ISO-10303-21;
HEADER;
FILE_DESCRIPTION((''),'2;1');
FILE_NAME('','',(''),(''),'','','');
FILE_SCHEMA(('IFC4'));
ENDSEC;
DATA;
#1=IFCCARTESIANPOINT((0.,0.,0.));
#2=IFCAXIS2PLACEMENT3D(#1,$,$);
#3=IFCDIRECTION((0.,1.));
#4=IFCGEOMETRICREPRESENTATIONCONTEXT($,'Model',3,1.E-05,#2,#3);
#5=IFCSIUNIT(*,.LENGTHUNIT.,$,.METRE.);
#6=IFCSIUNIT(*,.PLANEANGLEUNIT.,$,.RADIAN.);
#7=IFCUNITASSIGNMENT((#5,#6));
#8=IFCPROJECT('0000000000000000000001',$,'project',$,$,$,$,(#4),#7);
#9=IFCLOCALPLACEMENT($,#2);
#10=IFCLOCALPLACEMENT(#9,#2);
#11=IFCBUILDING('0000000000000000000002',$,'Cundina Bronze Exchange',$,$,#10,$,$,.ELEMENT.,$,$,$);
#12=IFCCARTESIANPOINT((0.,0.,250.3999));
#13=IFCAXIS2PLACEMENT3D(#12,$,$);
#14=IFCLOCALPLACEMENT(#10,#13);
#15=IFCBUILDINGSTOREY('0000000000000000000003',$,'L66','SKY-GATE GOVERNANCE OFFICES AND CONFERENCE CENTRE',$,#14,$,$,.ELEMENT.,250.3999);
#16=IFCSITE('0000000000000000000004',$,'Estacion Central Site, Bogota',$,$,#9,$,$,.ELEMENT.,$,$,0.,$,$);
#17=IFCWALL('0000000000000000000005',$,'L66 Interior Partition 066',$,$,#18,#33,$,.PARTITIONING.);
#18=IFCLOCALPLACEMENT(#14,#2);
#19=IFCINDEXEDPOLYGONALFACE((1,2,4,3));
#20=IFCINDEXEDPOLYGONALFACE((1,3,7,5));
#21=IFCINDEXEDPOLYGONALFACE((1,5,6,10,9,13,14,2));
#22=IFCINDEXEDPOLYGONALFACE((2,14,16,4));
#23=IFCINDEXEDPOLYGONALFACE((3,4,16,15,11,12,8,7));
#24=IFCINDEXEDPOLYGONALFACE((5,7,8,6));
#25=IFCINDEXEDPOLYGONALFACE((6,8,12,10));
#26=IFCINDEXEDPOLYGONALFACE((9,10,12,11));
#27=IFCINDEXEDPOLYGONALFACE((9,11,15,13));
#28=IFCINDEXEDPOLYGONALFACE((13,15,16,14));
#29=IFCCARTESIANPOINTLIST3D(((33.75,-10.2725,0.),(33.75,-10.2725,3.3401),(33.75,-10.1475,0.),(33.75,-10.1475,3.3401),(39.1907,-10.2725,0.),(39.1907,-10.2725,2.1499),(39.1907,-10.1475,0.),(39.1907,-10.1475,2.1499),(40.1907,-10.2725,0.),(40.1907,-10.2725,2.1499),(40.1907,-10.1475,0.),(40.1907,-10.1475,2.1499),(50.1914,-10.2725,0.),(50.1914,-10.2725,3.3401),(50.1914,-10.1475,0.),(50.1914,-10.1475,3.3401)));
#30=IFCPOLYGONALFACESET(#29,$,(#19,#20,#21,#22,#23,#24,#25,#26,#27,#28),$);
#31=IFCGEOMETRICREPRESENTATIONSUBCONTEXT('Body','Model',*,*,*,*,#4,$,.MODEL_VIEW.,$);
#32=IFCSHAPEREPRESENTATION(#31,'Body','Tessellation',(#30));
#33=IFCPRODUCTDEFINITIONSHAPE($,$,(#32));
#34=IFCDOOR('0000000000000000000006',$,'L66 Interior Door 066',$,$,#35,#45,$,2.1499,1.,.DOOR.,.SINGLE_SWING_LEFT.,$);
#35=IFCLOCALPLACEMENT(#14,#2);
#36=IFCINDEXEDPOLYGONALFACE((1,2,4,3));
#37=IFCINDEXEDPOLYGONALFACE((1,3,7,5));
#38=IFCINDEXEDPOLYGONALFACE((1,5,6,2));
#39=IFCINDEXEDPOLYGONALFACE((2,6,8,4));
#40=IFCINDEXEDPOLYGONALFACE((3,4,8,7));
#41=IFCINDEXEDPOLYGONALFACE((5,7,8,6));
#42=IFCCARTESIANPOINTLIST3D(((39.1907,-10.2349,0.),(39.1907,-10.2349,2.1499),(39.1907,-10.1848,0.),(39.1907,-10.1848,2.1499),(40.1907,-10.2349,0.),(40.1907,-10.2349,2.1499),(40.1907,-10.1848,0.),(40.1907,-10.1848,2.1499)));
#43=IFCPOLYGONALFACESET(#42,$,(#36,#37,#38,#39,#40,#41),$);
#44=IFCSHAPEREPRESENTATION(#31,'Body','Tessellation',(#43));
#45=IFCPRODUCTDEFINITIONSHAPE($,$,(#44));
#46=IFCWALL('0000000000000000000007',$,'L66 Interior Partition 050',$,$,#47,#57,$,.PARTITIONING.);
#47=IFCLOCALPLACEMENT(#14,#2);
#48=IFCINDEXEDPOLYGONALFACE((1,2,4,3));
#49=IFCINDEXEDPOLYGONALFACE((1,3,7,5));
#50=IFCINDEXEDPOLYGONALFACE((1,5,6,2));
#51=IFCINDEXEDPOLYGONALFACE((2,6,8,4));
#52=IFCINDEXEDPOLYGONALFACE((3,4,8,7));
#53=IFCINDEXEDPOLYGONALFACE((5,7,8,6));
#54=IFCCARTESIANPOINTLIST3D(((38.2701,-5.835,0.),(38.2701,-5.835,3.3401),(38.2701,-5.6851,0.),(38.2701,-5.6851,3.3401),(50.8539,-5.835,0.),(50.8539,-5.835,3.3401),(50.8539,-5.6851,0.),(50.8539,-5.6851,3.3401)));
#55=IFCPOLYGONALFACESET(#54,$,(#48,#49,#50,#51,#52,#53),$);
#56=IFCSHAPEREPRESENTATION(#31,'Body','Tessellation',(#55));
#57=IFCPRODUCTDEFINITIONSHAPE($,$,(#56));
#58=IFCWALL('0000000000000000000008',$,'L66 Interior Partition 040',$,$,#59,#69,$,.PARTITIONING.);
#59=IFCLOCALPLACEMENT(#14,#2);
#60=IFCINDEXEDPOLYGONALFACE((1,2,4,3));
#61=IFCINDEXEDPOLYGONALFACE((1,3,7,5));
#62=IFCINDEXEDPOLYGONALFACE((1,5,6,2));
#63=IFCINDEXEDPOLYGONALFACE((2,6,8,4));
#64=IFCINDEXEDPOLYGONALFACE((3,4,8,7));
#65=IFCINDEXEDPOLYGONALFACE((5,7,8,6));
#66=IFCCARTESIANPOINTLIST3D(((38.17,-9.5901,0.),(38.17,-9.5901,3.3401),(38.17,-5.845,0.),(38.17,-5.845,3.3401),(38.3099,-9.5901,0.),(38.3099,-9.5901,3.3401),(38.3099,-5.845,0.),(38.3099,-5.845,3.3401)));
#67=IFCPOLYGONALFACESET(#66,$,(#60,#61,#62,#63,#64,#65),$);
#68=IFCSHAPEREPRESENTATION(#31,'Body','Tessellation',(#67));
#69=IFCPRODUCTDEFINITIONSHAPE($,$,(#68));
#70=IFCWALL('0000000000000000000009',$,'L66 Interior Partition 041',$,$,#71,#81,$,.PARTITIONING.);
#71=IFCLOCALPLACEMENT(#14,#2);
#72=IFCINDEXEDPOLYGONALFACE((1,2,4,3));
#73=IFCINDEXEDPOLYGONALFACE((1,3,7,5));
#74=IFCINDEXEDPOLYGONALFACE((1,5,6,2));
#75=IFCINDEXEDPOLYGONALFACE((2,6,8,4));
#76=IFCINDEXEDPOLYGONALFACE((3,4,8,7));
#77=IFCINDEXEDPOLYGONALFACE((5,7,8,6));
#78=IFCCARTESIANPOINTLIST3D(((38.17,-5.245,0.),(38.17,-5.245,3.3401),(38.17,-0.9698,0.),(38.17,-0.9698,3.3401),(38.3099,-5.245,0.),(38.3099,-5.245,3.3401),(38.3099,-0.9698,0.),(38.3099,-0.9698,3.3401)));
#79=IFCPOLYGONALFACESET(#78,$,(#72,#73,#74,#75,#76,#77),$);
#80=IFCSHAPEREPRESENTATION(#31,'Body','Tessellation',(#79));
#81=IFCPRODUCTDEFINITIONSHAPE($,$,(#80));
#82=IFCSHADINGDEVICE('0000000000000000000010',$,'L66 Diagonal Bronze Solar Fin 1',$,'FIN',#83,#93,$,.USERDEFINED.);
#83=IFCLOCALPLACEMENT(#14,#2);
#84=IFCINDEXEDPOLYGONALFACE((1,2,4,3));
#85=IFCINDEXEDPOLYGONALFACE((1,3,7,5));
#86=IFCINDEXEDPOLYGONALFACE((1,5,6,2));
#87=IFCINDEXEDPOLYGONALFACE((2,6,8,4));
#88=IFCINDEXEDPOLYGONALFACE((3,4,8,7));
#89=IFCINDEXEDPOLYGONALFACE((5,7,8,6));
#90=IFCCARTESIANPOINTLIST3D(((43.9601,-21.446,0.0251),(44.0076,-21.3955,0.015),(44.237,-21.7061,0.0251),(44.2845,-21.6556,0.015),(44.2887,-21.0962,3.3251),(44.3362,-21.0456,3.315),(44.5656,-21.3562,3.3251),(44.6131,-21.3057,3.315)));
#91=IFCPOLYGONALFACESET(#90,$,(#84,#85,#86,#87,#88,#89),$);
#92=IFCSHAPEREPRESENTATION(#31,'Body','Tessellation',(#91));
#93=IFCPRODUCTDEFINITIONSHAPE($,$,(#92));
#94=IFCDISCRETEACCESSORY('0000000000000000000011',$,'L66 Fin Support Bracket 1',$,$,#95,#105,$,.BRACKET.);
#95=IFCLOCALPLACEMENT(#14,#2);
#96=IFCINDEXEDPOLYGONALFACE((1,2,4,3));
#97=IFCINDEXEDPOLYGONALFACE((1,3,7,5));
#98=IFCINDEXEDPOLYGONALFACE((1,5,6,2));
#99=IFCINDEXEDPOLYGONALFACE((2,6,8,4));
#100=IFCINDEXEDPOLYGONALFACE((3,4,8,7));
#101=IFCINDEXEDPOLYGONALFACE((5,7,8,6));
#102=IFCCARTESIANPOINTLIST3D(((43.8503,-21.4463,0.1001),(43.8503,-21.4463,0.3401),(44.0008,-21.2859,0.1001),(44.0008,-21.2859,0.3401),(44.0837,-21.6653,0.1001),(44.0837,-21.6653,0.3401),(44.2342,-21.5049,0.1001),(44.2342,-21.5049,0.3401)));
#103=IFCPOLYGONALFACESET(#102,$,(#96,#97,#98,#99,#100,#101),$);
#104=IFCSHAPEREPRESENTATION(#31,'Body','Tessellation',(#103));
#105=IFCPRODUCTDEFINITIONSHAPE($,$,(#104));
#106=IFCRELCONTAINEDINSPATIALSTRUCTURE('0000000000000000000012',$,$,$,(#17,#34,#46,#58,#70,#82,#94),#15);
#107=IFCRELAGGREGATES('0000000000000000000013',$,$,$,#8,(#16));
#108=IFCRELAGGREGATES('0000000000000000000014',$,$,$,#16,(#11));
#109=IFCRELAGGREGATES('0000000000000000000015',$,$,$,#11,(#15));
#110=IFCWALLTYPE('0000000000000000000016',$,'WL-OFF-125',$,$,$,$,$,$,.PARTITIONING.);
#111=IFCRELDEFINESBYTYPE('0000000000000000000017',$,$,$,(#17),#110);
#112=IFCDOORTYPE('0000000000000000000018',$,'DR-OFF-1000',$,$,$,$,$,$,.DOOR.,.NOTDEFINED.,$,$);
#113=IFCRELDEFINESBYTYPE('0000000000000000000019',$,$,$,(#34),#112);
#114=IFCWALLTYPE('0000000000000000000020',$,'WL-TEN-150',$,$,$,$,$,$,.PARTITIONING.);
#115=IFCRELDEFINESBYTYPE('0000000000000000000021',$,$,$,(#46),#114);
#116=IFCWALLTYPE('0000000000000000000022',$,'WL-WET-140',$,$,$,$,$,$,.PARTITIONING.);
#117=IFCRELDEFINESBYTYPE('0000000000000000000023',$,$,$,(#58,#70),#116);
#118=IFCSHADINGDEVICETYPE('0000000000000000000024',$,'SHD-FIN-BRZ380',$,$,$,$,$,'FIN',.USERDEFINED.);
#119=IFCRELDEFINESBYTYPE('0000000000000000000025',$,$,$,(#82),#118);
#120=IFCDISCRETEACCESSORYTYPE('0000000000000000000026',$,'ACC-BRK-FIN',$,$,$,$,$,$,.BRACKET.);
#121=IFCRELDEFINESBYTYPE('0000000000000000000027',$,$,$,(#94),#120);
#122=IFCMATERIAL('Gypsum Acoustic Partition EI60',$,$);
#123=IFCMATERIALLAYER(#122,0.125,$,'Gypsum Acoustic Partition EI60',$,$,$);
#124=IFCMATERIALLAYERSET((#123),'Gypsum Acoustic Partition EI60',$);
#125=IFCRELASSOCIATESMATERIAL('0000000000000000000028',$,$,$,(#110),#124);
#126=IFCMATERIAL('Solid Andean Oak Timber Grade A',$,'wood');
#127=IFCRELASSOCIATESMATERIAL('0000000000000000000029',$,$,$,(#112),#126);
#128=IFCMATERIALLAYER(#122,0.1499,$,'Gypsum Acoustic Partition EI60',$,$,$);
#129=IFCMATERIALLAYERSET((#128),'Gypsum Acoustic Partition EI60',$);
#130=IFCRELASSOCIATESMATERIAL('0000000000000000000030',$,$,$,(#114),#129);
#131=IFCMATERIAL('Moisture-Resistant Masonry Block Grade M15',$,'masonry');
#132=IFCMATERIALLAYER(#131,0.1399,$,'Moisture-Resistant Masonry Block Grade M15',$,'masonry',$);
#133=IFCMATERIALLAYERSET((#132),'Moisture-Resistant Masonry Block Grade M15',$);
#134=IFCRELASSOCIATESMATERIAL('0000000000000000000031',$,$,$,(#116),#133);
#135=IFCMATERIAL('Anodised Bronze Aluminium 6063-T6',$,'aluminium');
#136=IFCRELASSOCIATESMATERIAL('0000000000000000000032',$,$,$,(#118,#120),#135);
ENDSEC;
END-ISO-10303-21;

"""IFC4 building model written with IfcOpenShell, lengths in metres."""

from ifc_helpers import new_model, si_unit, direction, frame, frame_2d, origin, origin_2d, place, context, subcontext, project, spatial, rectangle, extrude, material, layer, layer_set, material_profile, profile_set, type_object, element, fill, save


model = new_model("IFC4")

# Units and contexts
model_context = context("Model", 3, precision=1e-05, world=origin(), true_north=direction((0.0, 1.0)))
body_context = subcontext(model_context, "Body", "Model", "MODEL_VIEW")
ifc_project = project(units=[si_unit("LENGTHUNIT", "METRE"), si_unit("PLANEANGLEUNIT", "RADIAN")], contexts=[model_context])

# Site, building, storey
site_placement = place(None, origin())
site = spatial("IfcSite", under=ifc_project, at=site_placement, Name="Estacion Central Site, Bogota", CompositionType="ELEMENT", RefElevation=0.0)
building_placement = place(site_placement, origin())
building = spatial("IfcBuilding", under=site, at=building_placement, Name="Cundina Bronze Exchange", CompositionType="ELEMENT")
storey_placement = place(building_placement, frame((0.0, 0.0, 250.3999)))
storey = spatial("IfcBuildingStorey", under=building, at=storey_placement, Name="L66", Description="SKY-GATE GOVERNANCE OFFICES AND CONFERENCE CENTRE", CompositionType="ELEMENT", Elevation=250.3999)

# Shared definitions
ifc_material_1 = material(Name="Anodised Bronze Aluminium 6063-T6", Category="aluminium")

# Shared definitions
ifc_material_2 = material(Name="Gypsum Acoustic Partition EI60")
ifc_layer_1 = layer(ifc_material_2, 0.125, Name="Gypsum Acoustic Partition EI60")
ifc_layer_set_1 = layer_set([ifc_layer_1], Name="Gypsum Acoustic Partition EI60")
wall_type_1 = type_object("IfcWallType", Name="WL-OFF-125", PredefinedType="PARTITIONING", material=ifc_layer_set_1)

# Wall, opening, door
wall_1_placement = place(storey_placement, frame((50.1914, -10.21, 0.0), z_axis=(0.0, 0.0, 1.0), x_axis=(-1.0, 0.0, 0.0)))
wall_1 = element("IfcWall", 1, at=wall_1_placement, inside=storey, type_object=wall_type_1, Name="L66 Interior Partition 066", PredefinedType="PARTITIONING", context=body_context, shape_type="SweptSolid", body=[
    extrude(rectangle(XDim=16.4414, YDim=0.125, at=frame_2d((8.2207, 0.0))), origin(), (0.0, 0.0, 1.0), 3.3401),
])
opening_placement = place(wall_1_placement, frame((10.0007, 0.0, 0.0)))
opening = element("IfcOpeningElement", 2, at=opening_placement, cuts=wall_1, PredefinedType="OPENING", context=body_context, shape_type="SweptSolid", body=[
    extrude(rectangle(XDim=1.0, YDim=2.1499, at=frame_2d((0.5, 1.075))), frame((0.0, 0.0725, 0.0), z_axis=(0.0, -1.0, 0.0), x_axis=(1.0, 0.0, 0.0)), (0.0, 0.0, 1.0), 0.145),
])
ifc_material_3 = material(Name="Solid Andean Oak Timber Grade A", Category="wood")
door_type = type_object("IfcDoorType", Name="DR-OFF-1000", OperationType="NOTDEFINED", PredefinedType="DOOR", material=ifc_material_3)
door_placement = place(opening_placement, origin())
door = element("IfcDoor", 3, at=door_placement, inside=storey, type_object=door_type, Name="L66 Interior Door 066", OperationType="SINGLE_SWING_LEFT", OverallHeight=2.1499, OverallWidth=1.0, PredefinedType="DOOR", context=body_context, shape_type="SweptSolid", body=[
    extrude(rectangle(XDim=1.0, YDim=2.1499, at=frame_2d((0.5, 1.075))), frame((0.0, 0.0249, 0.0), z_axis=(0.0, -1.0, 0.0), x_axis=(1.0, 0.0, 0.0)), (0.0, 0.0, 1.0), 0.05),
])
fill(opening, door)

# Walls
ifc_layer_2 = layer(ifc_material_2, 0.1499, Name="Gypsum Acoustic Partition EI60")
ifc_layer_set_2 = layer_set([ifc_layer_2], Name="Gypsum Acoustic Partition EI60")
wall_type_2 = type_object("IfcWallType", Name="WL-TEN-150", PredefinedType="PARTITIONING", material=ifc_layer_set_2)
wall_2_placement = place(storey_placement, frame((38.27, -5.76, 0.0), z_axis=(0.0, 0.0, 1.0), x_axis=(1.0, 0.0, 0.0)))
element("IfcWall", 4, at=wall_2_placement, inside=storey, type_object=wall_type_2, Name="L66 Interior Partition 050", PredefinedType="PARTITIONING", context=body_context, shape_type="SweptSolid", body=[
    extrude(rectangle(XDim=12.5837, YDim=0.1499, at=frame_2d((6.292, 0.0))), origin(), (0.0, 0.0, 1.0), 3.3401),
])
ifc_material_4 = material(Name="Moisture-Resistant Masonry Block Grade M15", Category="masonry")
ifc_layer_3 = layer(ifc_material_4, 0.1399, Name="Moisture-Resistant Masonry Block Grade M15", Category="masonry")
ifc_layer_set_3 = layer_set([ifc_layer_3], Name="Moisture-Resistant Masonry Block Grade M15")
wall_type_3 = type_object("IfcWallType", Name="WL-WET-140", PredefinedType="PARTITIONING", material=ifc_layer_set_3)
wall_3_placement = place(storey_placement, frame((38.24, -9.5901, 0.0), z_axis=(0.0, 0.0, 1.0), x_axis=(0.0, 1.0, 0.0)))
element("IfcWall", 5, at=wall_3_placement, inside=storey, type_object=wall_type_3, Name="L66 Interior Partition 040", PredefinedType="PARTITIONING", context=body_context, shape_type="SweptSolid", body=[
    extrude(rectangle(XDim=3.7451, YDim=0.1399, at=frame_2d((1.8726, 0.0))), origin(), (0.0, 0.0, 1.0), 3.3401),
])
wall_4_placement = place(storey_placement, frame((38.24, -5.2451, 0.0), z_axis=(0.0, 0.0, 1.0), x_axis=(0.0, 1.0, 0.0)))
element("IfcWall", 6, at=wall_4_placement, inside=storey, type_object=wall_type_3, Name="L66 Interior Partition 041", PredefinedType="PARTITIONING", context=body_context, shape_type="SweptSolid", body=[
    extrude(rectangle(XDim=4.2751, YDim=0.1399, at=frame_2d((2.1377, 0.0))), origin(), (0.0, 0.0, 1.0), 3.3401),
])

# Shading device
ifc_material_profile_1 = material_profile(ifc_material_1, rectangle(XDim=0.0701, YDim=0.3799, at=origin_2d()), Name="FIN70X380", Category="aluminium")
ifc_profile_set_1 = profile_set([ifc_material_profile_1], Name="Anodised Bronze Aluminium 6063-T6")
shading_device_type = type_object("IfcShadingDeviceType", Name="SHD-FIN-BRZ380", ElementType="FIN", PredefinedType="USERDEFINED", material=ifc_profile_set_1)
shading_device_placement = place(storey_placement, frame((44.1223, -21.5508, 0.02), z_axis=(0.098541, 0.104911, 0.989587), x_axis=(-0.677506, -0.721297, 0.143933)))
element("IfcShadingDevice", 7, at=shading_device_placement, inside=storey, type_object=shading_device_type, Name="L66 Diagonal Bronze Solar Fin 1", ObjectType="FIN", PredefinedType="USERDEFINED", context=body_context, shape_type="SweptSolid", body=[
    extrude(rectangle(XDim=0.0701, YDim=0.3799, at=origin_2d()), origin(), (0.0, 0.0, 1.0), 3.3347),
])

# Discrete accessory
discrete_accessory_type = type_object("IfcDiscreteAccessoryType", Name="ACC-BRK-FIN", PredefinedType="BRACKET", material=ifc_material_1)
discrete_accessory_placement = place(storey_placement, frame((44.0422, -21.4756, 0.1001), z_axis=(0.0, 0.0, 1.0), x_axis=(0.684344, 0.72916, 0.0)))
element("IfcDiscreteAccessory", 8, at=discrete_accessory_placement, inside=storey, type_object=discrete_accessory_type, Name="L66 Fin Support Bracket 1", PredefinedType="BRACKET", context=body_context, shape_type="SweptSolid", body=[
    extrude(rectangle(XDim=0.22, YDim=0.3201, at=origin_2d()), origin(), (0.0, 0.0, 1.0), 0.24),
])

save(model, "model.ifc")
